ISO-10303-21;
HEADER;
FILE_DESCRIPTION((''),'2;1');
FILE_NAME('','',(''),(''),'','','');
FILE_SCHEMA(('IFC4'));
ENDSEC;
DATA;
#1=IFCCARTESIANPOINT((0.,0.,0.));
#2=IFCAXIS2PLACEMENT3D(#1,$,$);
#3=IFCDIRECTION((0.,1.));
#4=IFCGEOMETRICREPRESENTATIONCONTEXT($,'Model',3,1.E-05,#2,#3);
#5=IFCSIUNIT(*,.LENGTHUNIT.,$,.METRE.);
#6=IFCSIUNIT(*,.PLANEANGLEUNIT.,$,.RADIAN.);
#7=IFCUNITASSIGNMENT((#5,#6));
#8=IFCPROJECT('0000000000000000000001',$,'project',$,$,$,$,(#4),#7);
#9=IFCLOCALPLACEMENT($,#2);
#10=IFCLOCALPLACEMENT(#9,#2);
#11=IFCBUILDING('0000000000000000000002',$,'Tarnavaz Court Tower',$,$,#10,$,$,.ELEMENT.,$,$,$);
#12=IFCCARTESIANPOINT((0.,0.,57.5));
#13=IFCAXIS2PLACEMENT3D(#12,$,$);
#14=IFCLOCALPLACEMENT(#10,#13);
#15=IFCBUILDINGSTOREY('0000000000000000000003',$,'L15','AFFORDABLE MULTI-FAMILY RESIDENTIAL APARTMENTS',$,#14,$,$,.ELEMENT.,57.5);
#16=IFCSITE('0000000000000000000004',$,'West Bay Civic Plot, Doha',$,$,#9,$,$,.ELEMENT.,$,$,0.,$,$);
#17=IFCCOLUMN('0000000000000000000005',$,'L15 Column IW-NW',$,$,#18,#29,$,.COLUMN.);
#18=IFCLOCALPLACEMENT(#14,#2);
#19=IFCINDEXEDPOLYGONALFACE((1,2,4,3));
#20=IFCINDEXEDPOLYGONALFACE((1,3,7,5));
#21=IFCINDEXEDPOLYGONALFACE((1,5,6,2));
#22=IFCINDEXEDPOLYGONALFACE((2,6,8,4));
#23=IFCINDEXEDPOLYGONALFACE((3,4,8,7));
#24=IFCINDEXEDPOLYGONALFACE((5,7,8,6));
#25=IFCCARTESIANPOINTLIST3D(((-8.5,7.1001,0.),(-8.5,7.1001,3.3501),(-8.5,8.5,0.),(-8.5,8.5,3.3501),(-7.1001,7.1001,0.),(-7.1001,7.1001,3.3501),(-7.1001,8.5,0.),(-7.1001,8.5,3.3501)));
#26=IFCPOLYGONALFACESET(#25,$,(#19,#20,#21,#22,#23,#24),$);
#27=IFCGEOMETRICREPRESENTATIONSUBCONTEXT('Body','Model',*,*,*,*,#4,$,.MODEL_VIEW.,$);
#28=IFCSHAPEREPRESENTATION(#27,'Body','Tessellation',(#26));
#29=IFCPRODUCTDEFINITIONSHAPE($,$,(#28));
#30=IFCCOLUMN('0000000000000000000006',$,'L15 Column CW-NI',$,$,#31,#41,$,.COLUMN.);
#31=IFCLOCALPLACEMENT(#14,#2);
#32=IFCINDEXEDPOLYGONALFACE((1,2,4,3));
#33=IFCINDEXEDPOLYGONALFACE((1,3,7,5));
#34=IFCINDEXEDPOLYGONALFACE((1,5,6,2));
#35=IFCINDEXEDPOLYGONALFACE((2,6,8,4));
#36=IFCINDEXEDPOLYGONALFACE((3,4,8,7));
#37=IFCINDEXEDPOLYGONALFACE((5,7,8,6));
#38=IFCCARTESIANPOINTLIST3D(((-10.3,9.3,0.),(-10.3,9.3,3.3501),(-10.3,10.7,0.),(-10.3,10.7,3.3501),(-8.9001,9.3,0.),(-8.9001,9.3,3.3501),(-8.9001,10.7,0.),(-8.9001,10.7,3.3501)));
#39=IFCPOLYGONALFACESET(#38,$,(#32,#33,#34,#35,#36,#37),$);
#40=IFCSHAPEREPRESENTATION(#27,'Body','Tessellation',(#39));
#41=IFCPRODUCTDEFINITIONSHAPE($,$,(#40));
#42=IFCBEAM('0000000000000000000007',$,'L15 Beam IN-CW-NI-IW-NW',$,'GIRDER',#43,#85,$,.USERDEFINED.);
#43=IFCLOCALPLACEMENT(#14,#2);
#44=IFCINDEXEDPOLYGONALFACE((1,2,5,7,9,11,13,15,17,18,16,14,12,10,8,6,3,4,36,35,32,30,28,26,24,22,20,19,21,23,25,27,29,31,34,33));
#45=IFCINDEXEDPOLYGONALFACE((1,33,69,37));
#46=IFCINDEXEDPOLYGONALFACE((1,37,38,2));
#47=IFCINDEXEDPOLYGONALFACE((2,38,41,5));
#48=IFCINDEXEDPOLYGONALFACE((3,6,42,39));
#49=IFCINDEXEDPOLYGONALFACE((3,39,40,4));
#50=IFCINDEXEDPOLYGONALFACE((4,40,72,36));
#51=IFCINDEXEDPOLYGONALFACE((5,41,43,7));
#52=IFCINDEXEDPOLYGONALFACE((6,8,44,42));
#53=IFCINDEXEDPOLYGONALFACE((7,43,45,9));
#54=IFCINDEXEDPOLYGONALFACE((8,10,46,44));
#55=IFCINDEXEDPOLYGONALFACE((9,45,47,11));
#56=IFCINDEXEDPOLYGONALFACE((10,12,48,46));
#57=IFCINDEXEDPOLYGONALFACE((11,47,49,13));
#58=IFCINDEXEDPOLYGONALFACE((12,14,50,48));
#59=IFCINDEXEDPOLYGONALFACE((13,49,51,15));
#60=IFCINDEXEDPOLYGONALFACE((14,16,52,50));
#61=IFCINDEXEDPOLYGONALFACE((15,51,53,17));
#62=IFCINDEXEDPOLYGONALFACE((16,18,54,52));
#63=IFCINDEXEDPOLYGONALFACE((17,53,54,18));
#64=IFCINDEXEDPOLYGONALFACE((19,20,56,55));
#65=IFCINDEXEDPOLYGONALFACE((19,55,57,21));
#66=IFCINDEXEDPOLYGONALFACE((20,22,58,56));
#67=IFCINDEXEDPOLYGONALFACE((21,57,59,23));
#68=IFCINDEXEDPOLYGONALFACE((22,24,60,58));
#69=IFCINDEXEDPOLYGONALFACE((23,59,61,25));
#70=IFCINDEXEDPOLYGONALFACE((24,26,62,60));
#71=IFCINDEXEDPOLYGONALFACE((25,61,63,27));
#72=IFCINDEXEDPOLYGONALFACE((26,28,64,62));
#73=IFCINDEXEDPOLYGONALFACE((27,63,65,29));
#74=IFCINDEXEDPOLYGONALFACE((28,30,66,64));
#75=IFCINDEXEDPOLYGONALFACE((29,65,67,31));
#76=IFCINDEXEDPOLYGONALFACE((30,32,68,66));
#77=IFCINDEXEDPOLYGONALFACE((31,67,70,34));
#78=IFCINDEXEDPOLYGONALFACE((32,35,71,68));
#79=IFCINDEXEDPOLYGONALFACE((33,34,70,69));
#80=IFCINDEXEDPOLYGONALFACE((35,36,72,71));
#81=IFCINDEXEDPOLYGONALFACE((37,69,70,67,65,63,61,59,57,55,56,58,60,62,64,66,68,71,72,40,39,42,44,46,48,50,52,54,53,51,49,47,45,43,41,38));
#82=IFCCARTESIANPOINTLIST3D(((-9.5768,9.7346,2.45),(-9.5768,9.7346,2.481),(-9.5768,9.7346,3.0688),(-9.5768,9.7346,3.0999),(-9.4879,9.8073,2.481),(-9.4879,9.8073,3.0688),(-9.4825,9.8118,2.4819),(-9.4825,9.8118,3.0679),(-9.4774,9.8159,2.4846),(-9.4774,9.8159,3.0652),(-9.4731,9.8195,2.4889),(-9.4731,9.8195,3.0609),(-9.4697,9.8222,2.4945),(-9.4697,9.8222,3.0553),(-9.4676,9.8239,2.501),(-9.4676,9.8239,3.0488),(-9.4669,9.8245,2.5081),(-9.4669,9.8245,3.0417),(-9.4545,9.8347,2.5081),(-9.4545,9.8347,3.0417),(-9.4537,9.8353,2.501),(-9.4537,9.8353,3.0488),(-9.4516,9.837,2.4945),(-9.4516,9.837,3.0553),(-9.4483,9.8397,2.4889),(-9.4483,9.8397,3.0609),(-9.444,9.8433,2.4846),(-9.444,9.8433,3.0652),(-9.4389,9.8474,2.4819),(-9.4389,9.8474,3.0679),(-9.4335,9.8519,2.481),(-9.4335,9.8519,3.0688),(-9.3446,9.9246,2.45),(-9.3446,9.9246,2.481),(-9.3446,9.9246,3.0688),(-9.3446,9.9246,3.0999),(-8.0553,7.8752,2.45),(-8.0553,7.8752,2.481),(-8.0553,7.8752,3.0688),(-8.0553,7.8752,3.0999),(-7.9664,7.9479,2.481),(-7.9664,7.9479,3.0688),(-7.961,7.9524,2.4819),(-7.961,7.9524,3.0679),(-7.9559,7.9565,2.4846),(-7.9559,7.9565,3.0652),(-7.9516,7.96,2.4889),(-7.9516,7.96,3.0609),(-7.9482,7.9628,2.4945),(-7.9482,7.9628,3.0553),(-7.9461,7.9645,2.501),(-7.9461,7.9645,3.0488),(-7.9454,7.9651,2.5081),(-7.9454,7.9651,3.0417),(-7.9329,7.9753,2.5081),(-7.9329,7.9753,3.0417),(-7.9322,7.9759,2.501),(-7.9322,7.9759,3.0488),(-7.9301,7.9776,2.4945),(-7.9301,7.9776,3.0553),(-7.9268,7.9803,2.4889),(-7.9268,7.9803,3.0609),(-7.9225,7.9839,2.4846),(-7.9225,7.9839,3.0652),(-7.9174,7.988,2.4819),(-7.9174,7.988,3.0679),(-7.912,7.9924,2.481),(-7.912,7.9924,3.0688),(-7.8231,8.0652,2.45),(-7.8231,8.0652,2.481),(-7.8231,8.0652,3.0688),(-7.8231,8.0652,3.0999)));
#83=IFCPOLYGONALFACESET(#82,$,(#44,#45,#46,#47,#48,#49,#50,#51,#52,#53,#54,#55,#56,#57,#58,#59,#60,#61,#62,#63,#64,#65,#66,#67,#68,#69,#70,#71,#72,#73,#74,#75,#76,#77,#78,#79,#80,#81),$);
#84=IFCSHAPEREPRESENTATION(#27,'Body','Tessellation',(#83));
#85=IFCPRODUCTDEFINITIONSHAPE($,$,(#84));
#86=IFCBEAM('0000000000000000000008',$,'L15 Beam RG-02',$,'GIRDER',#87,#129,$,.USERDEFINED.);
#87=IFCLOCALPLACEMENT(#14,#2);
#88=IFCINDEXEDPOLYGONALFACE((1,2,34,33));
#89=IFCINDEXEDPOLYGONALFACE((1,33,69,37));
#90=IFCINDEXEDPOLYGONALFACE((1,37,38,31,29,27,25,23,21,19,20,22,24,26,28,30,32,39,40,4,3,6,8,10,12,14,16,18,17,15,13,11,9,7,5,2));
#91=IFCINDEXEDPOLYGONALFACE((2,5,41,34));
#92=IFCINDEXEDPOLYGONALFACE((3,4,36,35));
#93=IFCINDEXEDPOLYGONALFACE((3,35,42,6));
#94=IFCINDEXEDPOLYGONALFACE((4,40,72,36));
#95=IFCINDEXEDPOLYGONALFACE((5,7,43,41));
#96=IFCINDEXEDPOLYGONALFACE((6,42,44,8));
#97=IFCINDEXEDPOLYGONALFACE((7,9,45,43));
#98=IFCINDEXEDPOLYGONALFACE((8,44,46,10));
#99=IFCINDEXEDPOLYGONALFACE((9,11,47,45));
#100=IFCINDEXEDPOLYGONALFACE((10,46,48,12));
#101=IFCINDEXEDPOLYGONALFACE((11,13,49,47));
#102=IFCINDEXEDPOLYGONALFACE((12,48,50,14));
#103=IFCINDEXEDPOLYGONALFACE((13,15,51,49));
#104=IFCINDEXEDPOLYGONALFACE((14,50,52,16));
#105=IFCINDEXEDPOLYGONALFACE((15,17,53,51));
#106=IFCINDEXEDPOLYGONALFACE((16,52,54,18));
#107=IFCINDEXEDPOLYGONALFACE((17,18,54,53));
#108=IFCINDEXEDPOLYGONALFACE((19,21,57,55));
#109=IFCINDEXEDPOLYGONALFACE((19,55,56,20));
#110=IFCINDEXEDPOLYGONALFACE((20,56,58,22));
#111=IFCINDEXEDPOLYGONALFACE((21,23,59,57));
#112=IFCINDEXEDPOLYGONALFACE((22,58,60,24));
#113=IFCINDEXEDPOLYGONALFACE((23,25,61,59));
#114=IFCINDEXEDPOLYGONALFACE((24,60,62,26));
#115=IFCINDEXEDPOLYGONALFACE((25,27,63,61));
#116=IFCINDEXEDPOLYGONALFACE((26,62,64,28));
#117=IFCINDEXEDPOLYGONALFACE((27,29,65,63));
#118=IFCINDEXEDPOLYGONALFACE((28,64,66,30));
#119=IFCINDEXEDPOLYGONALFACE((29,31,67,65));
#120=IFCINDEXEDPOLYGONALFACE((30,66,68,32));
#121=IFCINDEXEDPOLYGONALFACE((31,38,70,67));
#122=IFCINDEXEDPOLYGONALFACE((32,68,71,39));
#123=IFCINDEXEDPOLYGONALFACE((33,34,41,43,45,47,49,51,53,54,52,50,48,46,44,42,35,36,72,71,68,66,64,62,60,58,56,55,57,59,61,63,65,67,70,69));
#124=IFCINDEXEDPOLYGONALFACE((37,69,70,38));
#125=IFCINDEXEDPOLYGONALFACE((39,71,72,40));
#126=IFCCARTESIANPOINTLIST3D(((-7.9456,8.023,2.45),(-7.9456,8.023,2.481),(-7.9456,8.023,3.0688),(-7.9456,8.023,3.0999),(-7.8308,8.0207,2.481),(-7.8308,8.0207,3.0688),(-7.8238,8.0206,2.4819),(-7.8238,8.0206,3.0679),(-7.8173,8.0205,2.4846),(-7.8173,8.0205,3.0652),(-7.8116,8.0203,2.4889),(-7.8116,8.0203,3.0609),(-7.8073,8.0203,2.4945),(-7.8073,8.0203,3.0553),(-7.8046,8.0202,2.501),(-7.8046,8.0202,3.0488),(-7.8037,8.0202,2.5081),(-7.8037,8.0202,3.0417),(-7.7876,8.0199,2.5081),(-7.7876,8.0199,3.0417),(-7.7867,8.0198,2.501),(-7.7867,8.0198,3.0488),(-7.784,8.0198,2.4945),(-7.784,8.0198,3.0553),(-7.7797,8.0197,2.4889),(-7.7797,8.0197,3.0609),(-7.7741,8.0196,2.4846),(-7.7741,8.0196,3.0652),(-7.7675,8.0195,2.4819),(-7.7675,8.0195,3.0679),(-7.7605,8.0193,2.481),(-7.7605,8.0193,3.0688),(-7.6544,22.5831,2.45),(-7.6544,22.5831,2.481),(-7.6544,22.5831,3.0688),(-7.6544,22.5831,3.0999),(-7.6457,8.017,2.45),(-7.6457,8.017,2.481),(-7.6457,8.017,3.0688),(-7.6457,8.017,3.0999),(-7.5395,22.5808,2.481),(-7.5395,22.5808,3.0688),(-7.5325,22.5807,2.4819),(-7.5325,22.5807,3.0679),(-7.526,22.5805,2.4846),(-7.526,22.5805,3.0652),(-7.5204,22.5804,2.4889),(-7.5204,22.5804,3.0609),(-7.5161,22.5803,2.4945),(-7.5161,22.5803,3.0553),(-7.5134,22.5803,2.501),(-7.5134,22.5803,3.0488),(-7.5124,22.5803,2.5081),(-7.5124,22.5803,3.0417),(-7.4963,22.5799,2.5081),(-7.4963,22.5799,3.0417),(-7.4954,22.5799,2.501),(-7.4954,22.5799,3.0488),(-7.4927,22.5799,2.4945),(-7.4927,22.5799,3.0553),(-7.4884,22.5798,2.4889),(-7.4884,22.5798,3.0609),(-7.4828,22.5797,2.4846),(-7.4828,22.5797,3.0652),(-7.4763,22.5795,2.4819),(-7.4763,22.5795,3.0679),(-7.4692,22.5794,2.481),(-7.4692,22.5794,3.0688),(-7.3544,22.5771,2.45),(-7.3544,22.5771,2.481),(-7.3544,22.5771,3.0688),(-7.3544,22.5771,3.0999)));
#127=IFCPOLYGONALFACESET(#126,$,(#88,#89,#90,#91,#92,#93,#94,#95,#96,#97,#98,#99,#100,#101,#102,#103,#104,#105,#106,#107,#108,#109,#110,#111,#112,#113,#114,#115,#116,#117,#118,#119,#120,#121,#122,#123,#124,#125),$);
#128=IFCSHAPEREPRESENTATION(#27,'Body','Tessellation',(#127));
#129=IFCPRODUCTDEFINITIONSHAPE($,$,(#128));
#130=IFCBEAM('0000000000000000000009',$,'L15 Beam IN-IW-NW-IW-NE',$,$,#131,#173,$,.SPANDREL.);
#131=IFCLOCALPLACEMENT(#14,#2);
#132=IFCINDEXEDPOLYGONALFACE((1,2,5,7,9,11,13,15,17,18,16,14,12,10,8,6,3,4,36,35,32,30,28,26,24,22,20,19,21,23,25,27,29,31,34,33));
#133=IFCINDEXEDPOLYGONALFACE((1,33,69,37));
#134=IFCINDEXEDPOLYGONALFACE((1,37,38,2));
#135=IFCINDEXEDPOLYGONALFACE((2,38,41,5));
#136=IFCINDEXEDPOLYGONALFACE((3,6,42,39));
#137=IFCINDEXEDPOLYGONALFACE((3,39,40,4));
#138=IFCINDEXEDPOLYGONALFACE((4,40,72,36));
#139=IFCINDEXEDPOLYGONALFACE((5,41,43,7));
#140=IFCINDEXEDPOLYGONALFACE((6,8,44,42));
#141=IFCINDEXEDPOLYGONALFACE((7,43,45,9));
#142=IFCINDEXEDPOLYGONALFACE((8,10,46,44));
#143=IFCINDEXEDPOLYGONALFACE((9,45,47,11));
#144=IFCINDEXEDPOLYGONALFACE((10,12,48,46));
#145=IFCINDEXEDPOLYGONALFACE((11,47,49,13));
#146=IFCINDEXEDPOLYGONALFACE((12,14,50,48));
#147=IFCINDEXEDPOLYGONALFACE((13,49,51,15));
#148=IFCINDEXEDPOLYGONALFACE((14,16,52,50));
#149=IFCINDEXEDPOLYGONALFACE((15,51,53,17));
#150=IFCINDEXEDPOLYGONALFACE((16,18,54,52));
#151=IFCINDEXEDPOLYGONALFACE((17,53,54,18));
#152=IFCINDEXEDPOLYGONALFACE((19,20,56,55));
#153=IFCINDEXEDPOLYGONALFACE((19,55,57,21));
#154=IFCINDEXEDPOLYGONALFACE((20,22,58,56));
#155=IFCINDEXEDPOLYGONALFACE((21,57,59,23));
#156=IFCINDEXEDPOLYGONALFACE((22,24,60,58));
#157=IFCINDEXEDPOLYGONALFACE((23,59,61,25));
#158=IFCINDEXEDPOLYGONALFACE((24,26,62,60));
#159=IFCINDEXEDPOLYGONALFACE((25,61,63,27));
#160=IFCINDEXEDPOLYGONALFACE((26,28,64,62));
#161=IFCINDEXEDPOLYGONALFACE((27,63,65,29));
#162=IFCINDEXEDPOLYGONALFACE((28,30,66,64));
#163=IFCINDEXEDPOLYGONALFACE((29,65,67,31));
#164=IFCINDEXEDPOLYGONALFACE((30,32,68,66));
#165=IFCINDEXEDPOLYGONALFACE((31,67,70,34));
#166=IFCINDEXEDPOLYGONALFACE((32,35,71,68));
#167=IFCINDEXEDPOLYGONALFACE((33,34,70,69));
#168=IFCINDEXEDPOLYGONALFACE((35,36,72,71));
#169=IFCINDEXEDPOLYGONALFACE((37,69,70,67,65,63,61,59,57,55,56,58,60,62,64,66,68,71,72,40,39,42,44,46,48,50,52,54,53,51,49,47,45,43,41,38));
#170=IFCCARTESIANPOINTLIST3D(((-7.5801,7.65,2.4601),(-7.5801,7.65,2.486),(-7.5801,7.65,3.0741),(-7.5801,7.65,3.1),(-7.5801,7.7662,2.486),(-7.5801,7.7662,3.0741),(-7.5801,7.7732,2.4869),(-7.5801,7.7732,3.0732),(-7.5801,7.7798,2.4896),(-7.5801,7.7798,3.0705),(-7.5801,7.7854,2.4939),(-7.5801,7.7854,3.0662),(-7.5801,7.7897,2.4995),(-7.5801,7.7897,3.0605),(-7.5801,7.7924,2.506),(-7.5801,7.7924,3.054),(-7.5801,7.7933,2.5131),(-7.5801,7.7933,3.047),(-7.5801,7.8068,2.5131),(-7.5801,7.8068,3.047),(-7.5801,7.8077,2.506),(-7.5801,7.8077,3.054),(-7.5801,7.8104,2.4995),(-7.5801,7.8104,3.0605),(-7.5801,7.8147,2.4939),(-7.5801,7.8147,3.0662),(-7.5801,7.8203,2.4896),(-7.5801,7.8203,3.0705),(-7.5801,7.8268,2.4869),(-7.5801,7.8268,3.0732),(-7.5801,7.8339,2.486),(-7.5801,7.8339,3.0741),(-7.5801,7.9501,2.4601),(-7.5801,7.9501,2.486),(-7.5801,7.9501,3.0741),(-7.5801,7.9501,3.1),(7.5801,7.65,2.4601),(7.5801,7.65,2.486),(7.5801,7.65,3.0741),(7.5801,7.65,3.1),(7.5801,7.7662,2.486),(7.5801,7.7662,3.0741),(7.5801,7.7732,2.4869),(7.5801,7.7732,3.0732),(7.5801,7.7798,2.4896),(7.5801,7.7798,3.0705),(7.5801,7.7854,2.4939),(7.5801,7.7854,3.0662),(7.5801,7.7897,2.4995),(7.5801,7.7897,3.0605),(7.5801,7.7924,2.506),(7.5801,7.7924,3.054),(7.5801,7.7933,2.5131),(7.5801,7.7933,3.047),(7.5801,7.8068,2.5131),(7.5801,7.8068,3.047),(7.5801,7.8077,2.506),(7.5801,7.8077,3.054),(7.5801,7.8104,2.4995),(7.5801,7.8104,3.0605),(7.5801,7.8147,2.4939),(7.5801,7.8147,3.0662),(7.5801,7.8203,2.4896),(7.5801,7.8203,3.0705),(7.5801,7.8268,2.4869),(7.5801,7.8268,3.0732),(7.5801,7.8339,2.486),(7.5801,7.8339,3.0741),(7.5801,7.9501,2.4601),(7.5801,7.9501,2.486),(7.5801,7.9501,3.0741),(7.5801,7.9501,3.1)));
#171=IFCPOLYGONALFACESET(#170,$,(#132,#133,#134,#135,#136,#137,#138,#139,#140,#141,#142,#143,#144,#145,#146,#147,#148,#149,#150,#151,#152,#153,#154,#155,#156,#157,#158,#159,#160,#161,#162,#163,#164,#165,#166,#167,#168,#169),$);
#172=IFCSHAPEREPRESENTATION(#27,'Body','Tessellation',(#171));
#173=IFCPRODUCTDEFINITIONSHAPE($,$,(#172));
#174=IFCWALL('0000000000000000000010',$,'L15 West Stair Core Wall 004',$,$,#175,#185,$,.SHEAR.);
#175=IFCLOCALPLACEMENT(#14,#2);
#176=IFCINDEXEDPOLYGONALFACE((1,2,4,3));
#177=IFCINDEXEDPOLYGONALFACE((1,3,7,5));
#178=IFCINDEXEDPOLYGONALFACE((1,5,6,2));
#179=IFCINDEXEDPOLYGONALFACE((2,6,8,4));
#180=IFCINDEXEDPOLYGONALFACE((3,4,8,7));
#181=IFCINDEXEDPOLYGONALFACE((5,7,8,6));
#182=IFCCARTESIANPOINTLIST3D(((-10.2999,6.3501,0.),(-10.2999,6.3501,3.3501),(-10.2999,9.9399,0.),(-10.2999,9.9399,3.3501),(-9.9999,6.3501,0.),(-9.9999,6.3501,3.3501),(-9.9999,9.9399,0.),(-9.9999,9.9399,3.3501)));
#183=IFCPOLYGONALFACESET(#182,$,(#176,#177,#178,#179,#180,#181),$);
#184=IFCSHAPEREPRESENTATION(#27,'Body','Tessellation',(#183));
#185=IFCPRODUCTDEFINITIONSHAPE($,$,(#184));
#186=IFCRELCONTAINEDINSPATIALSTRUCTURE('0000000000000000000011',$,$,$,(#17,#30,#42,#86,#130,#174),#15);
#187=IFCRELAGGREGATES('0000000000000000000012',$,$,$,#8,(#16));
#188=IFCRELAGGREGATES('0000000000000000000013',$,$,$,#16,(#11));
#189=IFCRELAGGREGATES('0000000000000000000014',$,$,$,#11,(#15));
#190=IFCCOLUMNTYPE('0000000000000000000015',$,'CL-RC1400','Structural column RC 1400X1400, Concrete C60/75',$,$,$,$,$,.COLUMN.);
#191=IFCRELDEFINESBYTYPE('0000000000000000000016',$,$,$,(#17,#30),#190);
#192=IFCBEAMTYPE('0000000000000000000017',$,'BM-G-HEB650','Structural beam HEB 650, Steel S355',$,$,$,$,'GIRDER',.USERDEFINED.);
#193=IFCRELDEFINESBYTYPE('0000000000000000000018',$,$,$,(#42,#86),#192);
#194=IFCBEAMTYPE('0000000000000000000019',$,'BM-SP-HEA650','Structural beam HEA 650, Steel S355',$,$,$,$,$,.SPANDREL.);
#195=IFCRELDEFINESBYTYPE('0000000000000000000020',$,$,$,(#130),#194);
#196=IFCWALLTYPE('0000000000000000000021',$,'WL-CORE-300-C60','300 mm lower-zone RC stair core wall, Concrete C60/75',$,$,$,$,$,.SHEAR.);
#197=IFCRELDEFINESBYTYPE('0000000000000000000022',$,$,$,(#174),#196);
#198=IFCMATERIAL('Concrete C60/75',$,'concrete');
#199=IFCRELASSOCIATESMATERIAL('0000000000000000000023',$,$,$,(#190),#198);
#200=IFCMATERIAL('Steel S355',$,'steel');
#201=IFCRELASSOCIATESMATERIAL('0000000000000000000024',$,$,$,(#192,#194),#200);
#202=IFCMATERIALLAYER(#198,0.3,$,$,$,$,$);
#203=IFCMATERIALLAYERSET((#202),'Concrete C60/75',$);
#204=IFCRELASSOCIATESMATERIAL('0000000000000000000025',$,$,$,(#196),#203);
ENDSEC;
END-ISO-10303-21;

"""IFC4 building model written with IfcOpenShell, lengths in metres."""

from ifc_helpers import new_model, si_unit, direction, frame, frame_2d, origin, origin_2d, place, context, subcontext, project, spatial, rectangle, i_section, extrude, material, layer, layer_set, material_profile, profile_set, type_object, element, save


model = new_model("IFC4")

# Units and contexts
model_context = context("Model", 3, precision=1e-05, world=origin(), true_north=direction((0.0, 1.0)))
body_context = subcontext(model_context, "Body", "Model", "MODEL_VIEW")
ifc_project = project(units=[si_unit("LENGTHUNIT", "METRE"), si_unit("PLANEANGLEUNIT", "RADIAN")], contexts=[model_context])

# Site, building, storey
site_placement = place(None, origin())
site = spatial("IfcSite", under=ifc_project, at=site_placement, Name="West Bay Civic Plot, Doha", CompositionType="ELEMENT", RefElevation=0.0)
building_placement = place(site_placement, origin())
building = spatial("IfcBuilding", under=site, at=building_placement, Name="Tarnavaz Court Tower", CompositionType="ELEMENT")
storey_placement = place(building_placement, frame((0.0, 0.0, 57.5)))
storey = spatial("IfcBuildingStorey", under=building, at=storey_placement, Name="L15", Description="AFFORDABLE MULTI-FAMILY RESIDENTIAL APARTMENTS", CompositionType="ELEMENT", Elevation=57.5)

# Columns
ifc_material_1 = material(Name="Concrete C60/75", Category="concrete")
ifc_material_profile_1 = material_profile(ifc_material_1, rectangle(XDim=1.3999, YDim=1.3999, at=origin_2d()), Name="RC 1400X1400")
ifc_profile_set_1 = profile_set([ifc_material_profile_1], Name="Concrete C60/75")
column_type = type_object("IfcColumnType", Name="CL-RC1400", Description="Structural column RC 1400X1400, Concrete C60/75", PredefinedType="COLUMN", material=ifc_profile_set_1)
for number, where, z_axis, x_axis, name in (
    (1, (-7.8, 7.8, 0.0), (0.0, 0.0, 1.0), (1.0, 0.0, 0.0), "L15 Column IW-NW"),
    (2, (-9.6001, 10.0, 0.0), (0.0, 0.0, 1.0), (1.0, 0.0, 0.0), "L15 Column CW-NI"),
):
    element("IfcColumn", number, at=place(storey_placement, frame(where, z_axis=z_axis, x_axis=x_axis)), inside=storey, type_object=column_type, Name=name, PredefinedType="COLUMN", context=body_context, shape_type="SweptSolid", body=[
        extrude(rectangle(XDim=1.3999, YDim=1.3999, at=origin_2d()), origin(), (0.0, 0.0, 1.0), 3.3501),
    ])

# Beams
ifc_material_2 = material(Name="Steel S355", Category="steel")
ifc_material_profile_2 = material_profile(ifc_material_2, i_section(OverallWidth=0.3, OverallDepth=0.6499, WebThickness=0.0161, FlangeThickness=0.031, FilletRadius=0.0271, at=origin_2d()), Name="HEB 650")
ifc_profile_set_2 = profile_set([ifc_material_profile_2], Name="Steel S355")
beam_type_1 = type_object("IfcBeamType", Name="BM-G-HEB650", Description="Structural beam HEB 650, Steel S355", ElementType="GIRDER", PredefinedType="USERDEFINED", material=ifc_profile_set_2)
beam_1_placement = place(storey_placement, frame((-9.4607, 9.8296, 2.7749), z_axis=(0.633282, -0.773921, 0.0), x_axis=(0.773921, 0.633282, 0.0)))
element("IfcBeam", 3, at=beam_1_placement, inside=storey, type_object=beam_type_1, Name="L15 Beam IN-CW-NI-IW-NW", ObjectType="GIRDER", PredefinedType="USERDEFINED", context=body_context, shape_type="SweptSolid", body=[
    extrude(i_section(OverallWidth=0.3, OverallDepth=0.6499, WebThickness=0.0161, FlangeThickness=0.031, FilletRadius=0.0271, at=origin_2d()), origin(), (0.0, 0.0, 1.0), 2.4026),
])
beam_2_placement = place(storey_placement, frame((-7.7957, 8.02, 2.7749), z_axis=(0.02, 0.9998, 0.0), x_axis=(-0.9998, 0.02, 0.0)))
element("IfcBeam", 4, at=beam_2_placement, inside=storey, type_object=beam_type_1, Name="L15 Beam RG-02", ObjectType="GIRDER", PredefinedType="USERDEFINED", context=body_context, shape_type="SweptSolid", body=[
    extrude(i_section(OverallWidth=0.3, OverallDepth=0.6499, WebThickness=0.0161, FlangeThickness=0.031, FilletRadius=0.0271, at=origin_2d()), origin(), (0.0, 0.0, 1.0), 14.563),
])
ifc_material_profile_3 = material_profile(ifc_material_2, i_section(OverallWidth=0.3, OverallDepth=0.6399, WebThickness=0.0134, FlangeThickness=0.0259, FilletRadius=0.0271, at=origin_2d()), Name="HEA 650")
ifc_profile_set_3 = profile_set([ifc_material_profile_3], Name="Steel S355")
beam_type_2 = type_object("IfcBeamType", Name="BM-SP-HEA650", Description="Structural beam HEA 650, Steel S355", PredefinedType="SPANDREL", material=ifc_profile_set_3)
beam_3_placement = place(storey_placement, frame((-7.5801, 7.8, 2.78), z_axis=(1.0, 0.0, 0.0), x_axis=(0.0, 1.0, 0.0)))
element("IfcBeam", 5, at=beam_3_placement, inside=storey, type_object=beam_type_2, Name="L15 Beam IN-IW-NW-IW-NE", PredefinedType="SPANDREL", context=body_context, shape_type="SweptSolid", body=[
    extrude(i_section(OverallWidth=0.3, OverallDepth=0.6399, WebThickness=0.0134, FlangeThickness=0.0259, FilletRadius=0.0271, at=origin_2d()), origin(), (0.0, 0.0, 1.0), 15.1602),
])

# Wall
ifc_layer_1 = layer(ifc_material_1, 0.3)
ifc_layer_set_1 = layer_set([ifc_layer_1], Name="Concrete C60/75")
wall_type_1 = type_object("IfcWallType", Name="WL-CORE-300-C60", Description="300 mm lower-zone RC stair core wall, Concrete C60/75", PredefinedType="SHEAR", material=ifc_layer_set_1)
wall_1_placement = place(storey_placement, frame((-10.1499, 6.3501, 0.0), z_axis=(0.0, 0.0, 1.0), x_axis=(0.0, 1.0, 0.0)))
element("IfcWall", 6, at=wall_1_placement, inside=storey, type_object=wall_type_1, Name="L15 West Stair Core Wall 004", PredefinedType="SHEAR", context=body_context, shape_type="SweptSolid", body=[
    extrude(rectangle(XDim=3.5898, YDim=0.3, at=frame_2d((1.7949, 0.0))), origin(), (0.0, 0.0, 1.0), 3.3501),
])

save(model, "model.ifc")
